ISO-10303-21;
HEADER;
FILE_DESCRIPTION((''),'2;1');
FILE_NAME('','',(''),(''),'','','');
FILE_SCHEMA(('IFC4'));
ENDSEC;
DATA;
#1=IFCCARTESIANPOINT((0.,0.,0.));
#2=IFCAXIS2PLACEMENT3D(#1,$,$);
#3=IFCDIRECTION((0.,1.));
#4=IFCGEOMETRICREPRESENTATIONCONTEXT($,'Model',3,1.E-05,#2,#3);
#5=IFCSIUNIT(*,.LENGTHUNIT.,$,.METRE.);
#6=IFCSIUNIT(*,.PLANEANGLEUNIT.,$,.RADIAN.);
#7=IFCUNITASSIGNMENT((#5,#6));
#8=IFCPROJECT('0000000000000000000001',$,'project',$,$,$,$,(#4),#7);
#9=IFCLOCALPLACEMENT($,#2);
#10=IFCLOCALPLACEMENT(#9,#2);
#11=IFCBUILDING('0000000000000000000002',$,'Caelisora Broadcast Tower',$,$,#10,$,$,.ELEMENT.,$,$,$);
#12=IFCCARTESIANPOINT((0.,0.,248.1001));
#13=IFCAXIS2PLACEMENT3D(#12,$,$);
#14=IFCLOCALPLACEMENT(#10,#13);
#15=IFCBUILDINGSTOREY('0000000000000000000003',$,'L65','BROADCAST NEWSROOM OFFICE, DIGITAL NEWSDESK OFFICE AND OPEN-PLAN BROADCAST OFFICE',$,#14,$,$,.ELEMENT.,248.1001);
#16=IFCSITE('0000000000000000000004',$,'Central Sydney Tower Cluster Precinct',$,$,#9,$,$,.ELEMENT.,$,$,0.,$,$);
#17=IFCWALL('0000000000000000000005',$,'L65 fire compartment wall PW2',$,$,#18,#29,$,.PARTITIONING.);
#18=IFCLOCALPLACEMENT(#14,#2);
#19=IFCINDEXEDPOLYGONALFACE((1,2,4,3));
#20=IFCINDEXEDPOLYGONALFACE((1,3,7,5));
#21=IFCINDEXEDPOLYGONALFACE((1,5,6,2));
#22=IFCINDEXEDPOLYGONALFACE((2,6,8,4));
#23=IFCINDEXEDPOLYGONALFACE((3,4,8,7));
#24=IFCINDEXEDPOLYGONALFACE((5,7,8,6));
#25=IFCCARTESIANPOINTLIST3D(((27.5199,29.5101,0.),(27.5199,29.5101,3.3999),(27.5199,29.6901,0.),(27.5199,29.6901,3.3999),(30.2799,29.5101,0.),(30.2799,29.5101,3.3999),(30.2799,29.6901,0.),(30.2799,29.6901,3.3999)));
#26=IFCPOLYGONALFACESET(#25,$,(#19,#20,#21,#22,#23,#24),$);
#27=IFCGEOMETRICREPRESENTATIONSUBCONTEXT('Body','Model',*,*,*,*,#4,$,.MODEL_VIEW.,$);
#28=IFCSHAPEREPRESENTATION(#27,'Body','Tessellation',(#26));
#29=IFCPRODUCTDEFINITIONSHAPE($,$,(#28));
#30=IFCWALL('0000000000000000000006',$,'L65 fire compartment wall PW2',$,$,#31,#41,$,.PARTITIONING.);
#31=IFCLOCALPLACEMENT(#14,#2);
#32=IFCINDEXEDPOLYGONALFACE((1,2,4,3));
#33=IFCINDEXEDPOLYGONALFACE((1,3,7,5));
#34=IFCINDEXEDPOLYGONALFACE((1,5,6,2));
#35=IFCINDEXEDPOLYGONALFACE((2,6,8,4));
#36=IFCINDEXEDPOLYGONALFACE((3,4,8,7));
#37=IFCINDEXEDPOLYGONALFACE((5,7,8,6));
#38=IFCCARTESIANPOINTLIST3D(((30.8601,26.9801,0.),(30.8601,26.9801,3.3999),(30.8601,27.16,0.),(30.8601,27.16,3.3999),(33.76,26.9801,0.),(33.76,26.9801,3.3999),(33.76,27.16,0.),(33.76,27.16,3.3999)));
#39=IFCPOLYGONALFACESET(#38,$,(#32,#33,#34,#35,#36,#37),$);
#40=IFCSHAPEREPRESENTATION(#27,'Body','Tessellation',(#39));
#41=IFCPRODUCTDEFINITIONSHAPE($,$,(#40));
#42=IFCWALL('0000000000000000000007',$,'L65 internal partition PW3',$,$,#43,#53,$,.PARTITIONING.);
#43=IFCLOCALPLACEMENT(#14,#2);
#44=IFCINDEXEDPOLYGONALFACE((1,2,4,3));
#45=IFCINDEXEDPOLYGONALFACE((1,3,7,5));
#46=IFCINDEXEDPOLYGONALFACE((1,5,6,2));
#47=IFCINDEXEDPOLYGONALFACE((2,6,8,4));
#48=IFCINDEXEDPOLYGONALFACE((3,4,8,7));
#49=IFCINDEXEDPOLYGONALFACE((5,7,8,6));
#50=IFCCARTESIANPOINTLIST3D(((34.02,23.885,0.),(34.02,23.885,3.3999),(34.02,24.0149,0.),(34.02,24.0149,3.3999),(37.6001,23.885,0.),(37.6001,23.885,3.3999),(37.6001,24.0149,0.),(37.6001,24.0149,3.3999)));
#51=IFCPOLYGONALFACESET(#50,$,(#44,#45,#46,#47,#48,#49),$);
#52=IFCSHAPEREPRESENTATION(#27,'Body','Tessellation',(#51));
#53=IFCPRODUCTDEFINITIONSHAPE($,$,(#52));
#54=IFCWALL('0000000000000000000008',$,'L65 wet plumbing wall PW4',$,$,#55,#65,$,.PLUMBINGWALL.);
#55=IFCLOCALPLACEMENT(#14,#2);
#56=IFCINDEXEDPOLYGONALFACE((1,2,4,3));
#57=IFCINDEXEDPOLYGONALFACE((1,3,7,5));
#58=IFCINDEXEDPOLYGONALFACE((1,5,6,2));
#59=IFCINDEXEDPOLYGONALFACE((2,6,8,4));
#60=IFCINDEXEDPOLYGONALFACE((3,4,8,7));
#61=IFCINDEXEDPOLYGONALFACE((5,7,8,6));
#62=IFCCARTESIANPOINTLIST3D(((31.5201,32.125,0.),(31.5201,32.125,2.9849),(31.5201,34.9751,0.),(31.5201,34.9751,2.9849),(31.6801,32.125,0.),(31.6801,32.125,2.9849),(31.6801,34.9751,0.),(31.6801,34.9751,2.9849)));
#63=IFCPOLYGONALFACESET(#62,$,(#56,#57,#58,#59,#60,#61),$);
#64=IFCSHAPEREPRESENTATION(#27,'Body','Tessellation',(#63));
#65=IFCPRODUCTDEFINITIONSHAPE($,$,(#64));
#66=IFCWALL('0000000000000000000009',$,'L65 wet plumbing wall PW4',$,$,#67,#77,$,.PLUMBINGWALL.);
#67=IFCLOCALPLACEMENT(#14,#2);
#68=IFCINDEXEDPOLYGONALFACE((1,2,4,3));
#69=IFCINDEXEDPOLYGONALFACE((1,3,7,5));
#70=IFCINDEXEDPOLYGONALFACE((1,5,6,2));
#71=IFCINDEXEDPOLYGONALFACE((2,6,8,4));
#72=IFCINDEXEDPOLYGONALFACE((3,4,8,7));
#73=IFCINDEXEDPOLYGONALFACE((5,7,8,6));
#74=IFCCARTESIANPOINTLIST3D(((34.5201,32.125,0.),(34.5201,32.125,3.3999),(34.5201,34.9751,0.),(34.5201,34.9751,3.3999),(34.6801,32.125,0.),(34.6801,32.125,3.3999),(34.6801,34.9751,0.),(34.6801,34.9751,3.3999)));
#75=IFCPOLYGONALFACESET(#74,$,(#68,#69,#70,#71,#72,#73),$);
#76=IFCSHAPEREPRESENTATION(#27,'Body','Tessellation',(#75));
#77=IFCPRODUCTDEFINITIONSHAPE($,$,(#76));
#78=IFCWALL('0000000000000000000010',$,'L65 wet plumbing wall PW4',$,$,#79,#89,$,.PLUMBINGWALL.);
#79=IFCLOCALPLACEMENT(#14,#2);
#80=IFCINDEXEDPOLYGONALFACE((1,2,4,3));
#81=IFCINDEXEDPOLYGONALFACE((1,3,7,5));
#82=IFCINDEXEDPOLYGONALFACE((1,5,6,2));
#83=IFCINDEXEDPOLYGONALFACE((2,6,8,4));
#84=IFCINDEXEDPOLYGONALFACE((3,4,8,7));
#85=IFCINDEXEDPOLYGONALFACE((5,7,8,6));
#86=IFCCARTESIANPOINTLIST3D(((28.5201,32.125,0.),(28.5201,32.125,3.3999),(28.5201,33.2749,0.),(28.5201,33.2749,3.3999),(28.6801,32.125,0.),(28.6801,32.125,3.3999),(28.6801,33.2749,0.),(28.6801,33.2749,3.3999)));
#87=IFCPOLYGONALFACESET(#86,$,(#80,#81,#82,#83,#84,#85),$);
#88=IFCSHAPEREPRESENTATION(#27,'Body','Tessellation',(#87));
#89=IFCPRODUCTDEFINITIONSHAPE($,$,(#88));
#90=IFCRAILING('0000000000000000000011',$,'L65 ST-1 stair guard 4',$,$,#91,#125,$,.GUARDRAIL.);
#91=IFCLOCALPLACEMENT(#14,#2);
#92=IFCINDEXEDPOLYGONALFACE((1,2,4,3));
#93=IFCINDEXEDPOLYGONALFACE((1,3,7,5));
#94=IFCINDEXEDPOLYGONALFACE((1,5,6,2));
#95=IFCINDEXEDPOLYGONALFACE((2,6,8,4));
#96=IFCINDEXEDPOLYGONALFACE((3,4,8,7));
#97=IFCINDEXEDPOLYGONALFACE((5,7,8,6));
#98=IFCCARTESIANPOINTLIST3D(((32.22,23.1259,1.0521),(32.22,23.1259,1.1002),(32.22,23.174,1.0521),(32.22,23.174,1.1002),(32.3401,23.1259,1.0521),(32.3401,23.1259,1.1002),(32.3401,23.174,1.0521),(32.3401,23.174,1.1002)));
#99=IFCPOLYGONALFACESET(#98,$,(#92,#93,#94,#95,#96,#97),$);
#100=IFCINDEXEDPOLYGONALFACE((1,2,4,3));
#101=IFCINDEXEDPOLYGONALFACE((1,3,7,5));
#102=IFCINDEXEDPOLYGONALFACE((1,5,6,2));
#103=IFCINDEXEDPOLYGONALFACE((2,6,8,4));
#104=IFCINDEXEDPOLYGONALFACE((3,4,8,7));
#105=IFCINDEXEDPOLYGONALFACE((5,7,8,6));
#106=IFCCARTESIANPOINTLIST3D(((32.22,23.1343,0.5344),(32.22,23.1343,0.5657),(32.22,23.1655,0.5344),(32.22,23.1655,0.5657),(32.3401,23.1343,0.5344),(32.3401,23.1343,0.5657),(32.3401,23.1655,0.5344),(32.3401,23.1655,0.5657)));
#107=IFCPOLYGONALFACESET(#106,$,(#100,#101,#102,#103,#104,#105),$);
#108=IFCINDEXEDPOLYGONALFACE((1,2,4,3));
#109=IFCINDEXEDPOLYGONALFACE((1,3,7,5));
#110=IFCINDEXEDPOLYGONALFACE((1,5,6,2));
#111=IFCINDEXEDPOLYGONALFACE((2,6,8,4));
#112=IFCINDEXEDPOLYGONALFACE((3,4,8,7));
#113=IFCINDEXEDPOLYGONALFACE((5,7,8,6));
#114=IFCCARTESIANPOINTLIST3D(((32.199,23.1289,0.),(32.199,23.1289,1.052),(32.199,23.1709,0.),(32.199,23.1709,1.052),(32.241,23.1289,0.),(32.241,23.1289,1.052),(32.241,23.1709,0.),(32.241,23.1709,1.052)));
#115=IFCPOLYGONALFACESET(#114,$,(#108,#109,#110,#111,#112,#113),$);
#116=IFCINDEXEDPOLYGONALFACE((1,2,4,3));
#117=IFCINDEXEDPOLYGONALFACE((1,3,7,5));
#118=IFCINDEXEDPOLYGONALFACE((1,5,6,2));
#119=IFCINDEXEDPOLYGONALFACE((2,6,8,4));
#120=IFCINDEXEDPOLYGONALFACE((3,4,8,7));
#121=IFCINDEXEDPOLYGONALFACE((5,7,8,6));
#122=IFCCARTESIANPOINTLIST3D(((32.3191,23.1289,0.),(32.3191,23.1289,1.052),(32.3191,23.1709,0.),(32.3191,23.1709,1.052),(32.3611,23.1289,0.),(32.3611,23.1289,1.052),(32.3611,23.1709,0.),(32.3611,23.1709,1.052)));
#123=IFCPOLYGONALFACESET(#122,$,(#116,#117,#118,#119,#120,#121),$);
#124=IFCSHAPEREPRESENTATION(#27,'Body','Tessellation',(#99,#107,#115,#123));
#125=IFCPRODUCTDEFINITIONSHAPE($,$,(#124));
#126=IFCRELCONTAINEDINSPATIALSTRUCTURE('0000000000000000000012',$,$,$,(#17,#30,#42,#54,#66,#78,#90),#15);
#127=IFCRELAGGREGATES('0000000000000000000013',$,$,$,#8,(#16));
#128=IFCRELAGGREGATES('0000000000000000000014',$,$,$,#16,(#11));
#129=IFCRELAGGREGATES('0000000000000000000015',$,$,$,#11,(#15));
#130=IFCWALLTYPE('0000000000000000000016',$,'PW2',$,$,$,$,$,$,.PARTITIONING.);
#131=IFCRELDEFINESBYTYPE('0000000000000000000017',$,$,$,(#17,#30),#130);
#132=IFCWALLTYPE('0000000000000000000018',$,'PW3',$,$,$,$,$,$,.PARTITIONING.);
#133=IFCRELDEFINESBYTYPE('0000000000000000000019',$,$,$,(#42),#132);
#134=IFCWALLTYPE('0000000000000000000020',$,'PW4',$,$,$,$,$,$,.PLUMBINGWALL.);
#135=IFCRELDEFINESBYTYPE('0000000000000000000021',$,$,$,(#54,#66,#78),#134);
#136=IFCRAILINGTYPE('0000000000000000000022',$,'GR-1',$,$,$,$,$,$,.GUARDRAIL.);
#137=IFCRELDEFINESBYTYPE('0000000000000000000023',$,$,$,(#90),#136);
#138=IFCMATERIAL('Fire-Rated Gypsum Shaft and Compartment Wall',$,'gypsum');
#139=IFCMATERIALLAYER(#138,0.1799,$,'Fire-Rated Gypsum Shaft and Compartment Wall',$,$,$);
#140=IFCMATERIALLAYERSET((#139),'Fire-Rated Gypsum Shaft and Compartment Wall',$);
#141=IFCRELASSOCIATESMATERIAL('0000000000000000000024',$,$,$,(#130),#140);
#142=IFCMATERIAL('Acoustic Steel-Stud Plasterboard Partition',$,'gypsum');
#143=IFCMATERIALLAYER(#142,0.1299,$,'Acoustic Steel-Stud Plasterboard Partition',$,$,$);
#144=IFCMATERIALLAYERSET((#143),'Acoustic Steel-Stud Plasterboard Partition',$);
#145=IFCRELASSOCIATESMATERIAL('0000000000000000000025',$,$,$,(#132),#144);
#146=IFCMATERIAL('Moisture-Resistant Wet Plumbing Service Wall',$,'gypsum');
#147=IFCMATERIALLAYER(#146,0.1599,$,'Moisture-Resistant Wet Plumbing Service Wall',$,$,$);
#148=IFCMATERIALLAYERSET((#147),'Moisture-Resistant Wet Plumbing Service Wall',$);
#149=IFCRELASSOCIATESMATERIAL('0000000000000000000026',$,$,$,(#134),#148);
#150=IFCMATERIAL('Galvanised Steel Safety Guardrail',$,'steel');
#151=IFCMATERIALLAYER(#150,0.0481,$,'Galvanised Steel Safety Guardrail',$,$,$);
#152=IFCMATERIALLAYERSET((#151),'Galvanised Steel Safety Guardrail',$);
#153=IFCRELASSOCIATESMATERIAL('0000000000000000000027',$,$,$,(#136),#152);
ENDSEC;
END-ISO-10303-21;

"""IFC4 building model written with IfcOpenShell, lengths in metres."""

from ifc_helpers import new_model, si_unit, direction, frame, frame_2d, origin, origin_2d, place, context, subcontext, project, spatial, rectangle, extrude, material, layer, layer_set, type_object, element, save


model = new_model("IFC4")

# Units and contexts
model_context = context("Model", 3, precision=1e-05, world=origin(), true_north=direction((0.0, 1.0)))
body_context = subcontext(model_context, "Body", "Model", "MODEL_VIEW")
ifc_project = project(units=[si_unit("LENGTHUNIT", "METRE"), si_unit("PLANEANGLEUNIT", "RADIAN")], contexts=[model_context])

# Site, building, storey
site_placement = place(None, origin())
site = spatial("IfcSite", under=ifc_project, at=site_placement, Name="Central Sydney Tower Cluster Precinct", CompositionType="ELEMENT", RefElevation=0.0)
building_placement = place(site_placement, origin())
building = spatial("IfcBuilding", under=site, at=building_placement, Name="Caelisora Broadcast Tower", CompositionType="ELEMENT")
storey_placement = place(building_placement, frame((0.0, 0.0, 248.1001)))
storey = spatial("IfcBuildingStorey", under=building, at=storey_placement, Name="L65", Description="BROADCAST NEWSROOM OFFICE, DIGITAL NEWSDESK OFFICE AND OPEN-PLAN BROADCAST OFFICE", CompositionType="ELEMENT", Elevation=248.1001)

# Shared definitions
ifc_material_1 = material(Name="Fire-Rated Gypsum Shaft and Compartment Wall", Category="gypsum")
ifc_layer_1 = layer(ifc_material_1, 0.1799, Name="Fire-Rated Gypsum Shaft and Compartment Wall")
ifc_layer_set_1 = layer_set([ifc_layer_1], Name="Fire-Rated Gypsum Shaft and Compartment Wall")
wall_type_1 = type_object("IfcWallType", Name="PW2", PredefinedType="PARTITIONING", material=ifc_layer_set_1)

# Walls
wall_1_placement = place(storey_placement, frame((27.52, 29.6001, 0.0), z_axis=(0.0, 0.0, 1.0), x_axis=(1.0, 0.0, 0.0)))
element("IfcWall", 1, at=wall_1_placement, inside=storey, type_object=wall_type_1, Name="L65 fire compartment wall PW2", PredefinedType="PARTITIONING", context=body_context, shape_type="SweptSolid", body=[
    extrude(rectangle(XDim=2.76, YDim=0.1799, at=frame_2d((1.3799, 0.0))), origin(), (0.0, 0.0, 1.0), 3.3999),
])
wall_2_placement = place(storey_placement, frame((30.8601, 27.0701, 0.0), z_axis=(0.0, 0.0, 1.0), x_axis=(1.0, 0.0, 0.0)))
element("IfcWall", 2, at=wall_2_placement, inside=storey, type_object=wall_type_1, Name="L65 fire compartment wall PW2", PredefinedType="PARTITIONING", context=body_context, shape_type="SweptSolid", body=[
    extrude(rectangle(XDim=2.8999, YDim=0.1799, at=frame_2d((1.45, 0.0))), origin(), (0.0, 0.0, 1.0), 3.3999),
])
ifc_material_2 = material(Name="Acoustic Steel-Stud Plasterboard Partition", Category="gypsum")
ifc_layer_2 = layer(ifc_material_2, 0.1299, Name="Acoustic Steel-Stud Plasterboard Partition")
ifc_layer_set_2 = layer_set([ifc_layer_2], Name="Acoustic Steel-Stud Plasterboard Partition")
wall_type_2 = type_object("IfcWallType", Name="PW3", PredefinedType="PARTITIONING", material=ifc_layer_set_2)
wall_3_placement = place(storey_placement, frame((34.02, 23.95, 0.0), z_axis=(0.0, 0.0, 1.0), x_axis=(1.0, 0.0, 0.0)))
element("IfcWall", 3, at=wall_3_placement, inside=storey, type_object=wall_type_2, Name="L65 internal partition PW3", PredefinedType="PARTITIONING", context=body_context, shape_type="SweptSolid", body=[
    extrude(rectangle(XDim=3.5801, YDim=0.1299, at=frame_2d((1.79, 0.0))), origin(), (0.0, 0.0, 1.0), 3.3999),
])
ifc_material_3 = material(Name="Moisture-Resistant Wet Plumbing Service Wall", Category="gypsum")
ifc_layer_3 = layer(ifc_material_3, 0.1599, Name="Moisture-Resistant Wet Plumbing Service Wall")
ifc_layer_set_3 = layer_set([ifc_layer_3], Name="Moisture-Resistant Wet Plumbing Service Wall")
wall_type_3 = type_object("IfcWallType", Name="PW4", PredefinedType="PLUMBINGWALL", material=ifc_layer_set_3)
wall_4_placement = place(storey_placement, frame((31.6001, 32.125, 0.0), z_axis=(0.0, 0.0, 1.0), x_axis=(0.0, 1.0, 0.0)))
element("IfcWall", 4, at=wall_4_placement, inside=storey, type_object=wall_type_3, Name="L65 wet plumbing wall PW4", PredefinedType="PLUMBINGWALL", context=body_context, shape_type="SweptSolid", body=[
    extrude(rectangle(XDim=2.8501, YDim=0.1599, at=frame_2d((1.425, 0.0))), origin(), (0.0, 0.0, 1.0), 2.9849),
])
wall_5_placement = place(storey_placement, frame((34.6001, 32.125, 0.0), z_axis=(0.0, 0.0, 1.0), x_axis=(0.0, 1.0, 0.0)))
element("IfcWall", 5, at=wall_5_placement, inside=storey, type_object=wall_type_3, Name="L65 wet plumbing wall PW4", PredefinedType="PLUMBINGWALL", context=body_context, shape_type="SweptSolid", body=[
    extrude(rectangle(XDim=2.8501, YDim=0.1599, at=frame_2d((1.425, 0.0))), origin(), (0.0, 0.0, 1.0), 3.3999),
])
wall_6_placement = place(storey_placement, frame((28.6001, 32.125, 0.0), z_axis=(0.0, 0.0, 1.0), x_axis=(0.0, 1.0, 0.0)))
element("IfcWall", 6, at=wall_6_placement, inside=storey, type_object=wall_type_3, Name="L65 wet plumbing wall PW4", PredefinedType="PLUMBINGWALL", context=body_context, shape_type="SweptSolid", body=[
    extrude(rectangle(XDim=1.1499, YDim=0.1599, at=frame_2d((0.575, 0.0))), origin(), (0.0, 0.0, 1.0), 3.3999),
])

# Railing
ifc_material_4 = material(Name="Galvanised Steel Safety Guardrail", Category="steel")
ifc_layer_4 = layer(ifc_material_4, 0.0481, Name="Galvanised Steel Safety Guardrail")
ifc_layer_set_4 = layer_set([ifc_layer_4], Name="Galvanised Steel Safety Guardrail")
railing_type = type_object("IfcRailingType", Name="GR-1", PredefinedType="GUARDRAIL", material=ifc_layer_set_4)
railing_placement = place(storey_placement, frame((32.22, 23.1499, 0.0)))
element("IfcRailing", 7, at=railing_placement, inside=storey, type_object=railing_type, Name="L65 ST-1 stair guard 4", PredefinedType="GUARDRAIL", context=body_context, shape_type="SweptSolid", body=[
    extrude(rectangle(XDim=0.0481, YDim=0.0481, at=origin_2d()), frame((0.0, 0.0, 1.0762), z_axis=(1.0, 0.0, 0.0), x_axis=(0.0, 1.0, 0.0)), (0.0, 0.0, 1.0), 0.1201),
    extrude(rectangle(XDim=0.0312, YDim=0.0312, at=origin_2d()), frame((0.0, 0.0, 0.55), z_axis=(1.0, 0.0, 0.0), x_axis=(0.0, 1.0, 0.0)), (0.0, 0.0, 1.0), 0.1201),
    extrude(rectangle(XDim=0.042, YDim=0.042, at=origin_2d()), origin(), (0.0, 0.0, 1.0), 1.052),
    extrude(rectangle(XDim=0.042, YDim=0.042, at=origin_2d()), frame((0.1201, 0.0, 0.0)), (0.0, 0.0, 1.0), 1.052),
])

save(model, "model.ifc")
